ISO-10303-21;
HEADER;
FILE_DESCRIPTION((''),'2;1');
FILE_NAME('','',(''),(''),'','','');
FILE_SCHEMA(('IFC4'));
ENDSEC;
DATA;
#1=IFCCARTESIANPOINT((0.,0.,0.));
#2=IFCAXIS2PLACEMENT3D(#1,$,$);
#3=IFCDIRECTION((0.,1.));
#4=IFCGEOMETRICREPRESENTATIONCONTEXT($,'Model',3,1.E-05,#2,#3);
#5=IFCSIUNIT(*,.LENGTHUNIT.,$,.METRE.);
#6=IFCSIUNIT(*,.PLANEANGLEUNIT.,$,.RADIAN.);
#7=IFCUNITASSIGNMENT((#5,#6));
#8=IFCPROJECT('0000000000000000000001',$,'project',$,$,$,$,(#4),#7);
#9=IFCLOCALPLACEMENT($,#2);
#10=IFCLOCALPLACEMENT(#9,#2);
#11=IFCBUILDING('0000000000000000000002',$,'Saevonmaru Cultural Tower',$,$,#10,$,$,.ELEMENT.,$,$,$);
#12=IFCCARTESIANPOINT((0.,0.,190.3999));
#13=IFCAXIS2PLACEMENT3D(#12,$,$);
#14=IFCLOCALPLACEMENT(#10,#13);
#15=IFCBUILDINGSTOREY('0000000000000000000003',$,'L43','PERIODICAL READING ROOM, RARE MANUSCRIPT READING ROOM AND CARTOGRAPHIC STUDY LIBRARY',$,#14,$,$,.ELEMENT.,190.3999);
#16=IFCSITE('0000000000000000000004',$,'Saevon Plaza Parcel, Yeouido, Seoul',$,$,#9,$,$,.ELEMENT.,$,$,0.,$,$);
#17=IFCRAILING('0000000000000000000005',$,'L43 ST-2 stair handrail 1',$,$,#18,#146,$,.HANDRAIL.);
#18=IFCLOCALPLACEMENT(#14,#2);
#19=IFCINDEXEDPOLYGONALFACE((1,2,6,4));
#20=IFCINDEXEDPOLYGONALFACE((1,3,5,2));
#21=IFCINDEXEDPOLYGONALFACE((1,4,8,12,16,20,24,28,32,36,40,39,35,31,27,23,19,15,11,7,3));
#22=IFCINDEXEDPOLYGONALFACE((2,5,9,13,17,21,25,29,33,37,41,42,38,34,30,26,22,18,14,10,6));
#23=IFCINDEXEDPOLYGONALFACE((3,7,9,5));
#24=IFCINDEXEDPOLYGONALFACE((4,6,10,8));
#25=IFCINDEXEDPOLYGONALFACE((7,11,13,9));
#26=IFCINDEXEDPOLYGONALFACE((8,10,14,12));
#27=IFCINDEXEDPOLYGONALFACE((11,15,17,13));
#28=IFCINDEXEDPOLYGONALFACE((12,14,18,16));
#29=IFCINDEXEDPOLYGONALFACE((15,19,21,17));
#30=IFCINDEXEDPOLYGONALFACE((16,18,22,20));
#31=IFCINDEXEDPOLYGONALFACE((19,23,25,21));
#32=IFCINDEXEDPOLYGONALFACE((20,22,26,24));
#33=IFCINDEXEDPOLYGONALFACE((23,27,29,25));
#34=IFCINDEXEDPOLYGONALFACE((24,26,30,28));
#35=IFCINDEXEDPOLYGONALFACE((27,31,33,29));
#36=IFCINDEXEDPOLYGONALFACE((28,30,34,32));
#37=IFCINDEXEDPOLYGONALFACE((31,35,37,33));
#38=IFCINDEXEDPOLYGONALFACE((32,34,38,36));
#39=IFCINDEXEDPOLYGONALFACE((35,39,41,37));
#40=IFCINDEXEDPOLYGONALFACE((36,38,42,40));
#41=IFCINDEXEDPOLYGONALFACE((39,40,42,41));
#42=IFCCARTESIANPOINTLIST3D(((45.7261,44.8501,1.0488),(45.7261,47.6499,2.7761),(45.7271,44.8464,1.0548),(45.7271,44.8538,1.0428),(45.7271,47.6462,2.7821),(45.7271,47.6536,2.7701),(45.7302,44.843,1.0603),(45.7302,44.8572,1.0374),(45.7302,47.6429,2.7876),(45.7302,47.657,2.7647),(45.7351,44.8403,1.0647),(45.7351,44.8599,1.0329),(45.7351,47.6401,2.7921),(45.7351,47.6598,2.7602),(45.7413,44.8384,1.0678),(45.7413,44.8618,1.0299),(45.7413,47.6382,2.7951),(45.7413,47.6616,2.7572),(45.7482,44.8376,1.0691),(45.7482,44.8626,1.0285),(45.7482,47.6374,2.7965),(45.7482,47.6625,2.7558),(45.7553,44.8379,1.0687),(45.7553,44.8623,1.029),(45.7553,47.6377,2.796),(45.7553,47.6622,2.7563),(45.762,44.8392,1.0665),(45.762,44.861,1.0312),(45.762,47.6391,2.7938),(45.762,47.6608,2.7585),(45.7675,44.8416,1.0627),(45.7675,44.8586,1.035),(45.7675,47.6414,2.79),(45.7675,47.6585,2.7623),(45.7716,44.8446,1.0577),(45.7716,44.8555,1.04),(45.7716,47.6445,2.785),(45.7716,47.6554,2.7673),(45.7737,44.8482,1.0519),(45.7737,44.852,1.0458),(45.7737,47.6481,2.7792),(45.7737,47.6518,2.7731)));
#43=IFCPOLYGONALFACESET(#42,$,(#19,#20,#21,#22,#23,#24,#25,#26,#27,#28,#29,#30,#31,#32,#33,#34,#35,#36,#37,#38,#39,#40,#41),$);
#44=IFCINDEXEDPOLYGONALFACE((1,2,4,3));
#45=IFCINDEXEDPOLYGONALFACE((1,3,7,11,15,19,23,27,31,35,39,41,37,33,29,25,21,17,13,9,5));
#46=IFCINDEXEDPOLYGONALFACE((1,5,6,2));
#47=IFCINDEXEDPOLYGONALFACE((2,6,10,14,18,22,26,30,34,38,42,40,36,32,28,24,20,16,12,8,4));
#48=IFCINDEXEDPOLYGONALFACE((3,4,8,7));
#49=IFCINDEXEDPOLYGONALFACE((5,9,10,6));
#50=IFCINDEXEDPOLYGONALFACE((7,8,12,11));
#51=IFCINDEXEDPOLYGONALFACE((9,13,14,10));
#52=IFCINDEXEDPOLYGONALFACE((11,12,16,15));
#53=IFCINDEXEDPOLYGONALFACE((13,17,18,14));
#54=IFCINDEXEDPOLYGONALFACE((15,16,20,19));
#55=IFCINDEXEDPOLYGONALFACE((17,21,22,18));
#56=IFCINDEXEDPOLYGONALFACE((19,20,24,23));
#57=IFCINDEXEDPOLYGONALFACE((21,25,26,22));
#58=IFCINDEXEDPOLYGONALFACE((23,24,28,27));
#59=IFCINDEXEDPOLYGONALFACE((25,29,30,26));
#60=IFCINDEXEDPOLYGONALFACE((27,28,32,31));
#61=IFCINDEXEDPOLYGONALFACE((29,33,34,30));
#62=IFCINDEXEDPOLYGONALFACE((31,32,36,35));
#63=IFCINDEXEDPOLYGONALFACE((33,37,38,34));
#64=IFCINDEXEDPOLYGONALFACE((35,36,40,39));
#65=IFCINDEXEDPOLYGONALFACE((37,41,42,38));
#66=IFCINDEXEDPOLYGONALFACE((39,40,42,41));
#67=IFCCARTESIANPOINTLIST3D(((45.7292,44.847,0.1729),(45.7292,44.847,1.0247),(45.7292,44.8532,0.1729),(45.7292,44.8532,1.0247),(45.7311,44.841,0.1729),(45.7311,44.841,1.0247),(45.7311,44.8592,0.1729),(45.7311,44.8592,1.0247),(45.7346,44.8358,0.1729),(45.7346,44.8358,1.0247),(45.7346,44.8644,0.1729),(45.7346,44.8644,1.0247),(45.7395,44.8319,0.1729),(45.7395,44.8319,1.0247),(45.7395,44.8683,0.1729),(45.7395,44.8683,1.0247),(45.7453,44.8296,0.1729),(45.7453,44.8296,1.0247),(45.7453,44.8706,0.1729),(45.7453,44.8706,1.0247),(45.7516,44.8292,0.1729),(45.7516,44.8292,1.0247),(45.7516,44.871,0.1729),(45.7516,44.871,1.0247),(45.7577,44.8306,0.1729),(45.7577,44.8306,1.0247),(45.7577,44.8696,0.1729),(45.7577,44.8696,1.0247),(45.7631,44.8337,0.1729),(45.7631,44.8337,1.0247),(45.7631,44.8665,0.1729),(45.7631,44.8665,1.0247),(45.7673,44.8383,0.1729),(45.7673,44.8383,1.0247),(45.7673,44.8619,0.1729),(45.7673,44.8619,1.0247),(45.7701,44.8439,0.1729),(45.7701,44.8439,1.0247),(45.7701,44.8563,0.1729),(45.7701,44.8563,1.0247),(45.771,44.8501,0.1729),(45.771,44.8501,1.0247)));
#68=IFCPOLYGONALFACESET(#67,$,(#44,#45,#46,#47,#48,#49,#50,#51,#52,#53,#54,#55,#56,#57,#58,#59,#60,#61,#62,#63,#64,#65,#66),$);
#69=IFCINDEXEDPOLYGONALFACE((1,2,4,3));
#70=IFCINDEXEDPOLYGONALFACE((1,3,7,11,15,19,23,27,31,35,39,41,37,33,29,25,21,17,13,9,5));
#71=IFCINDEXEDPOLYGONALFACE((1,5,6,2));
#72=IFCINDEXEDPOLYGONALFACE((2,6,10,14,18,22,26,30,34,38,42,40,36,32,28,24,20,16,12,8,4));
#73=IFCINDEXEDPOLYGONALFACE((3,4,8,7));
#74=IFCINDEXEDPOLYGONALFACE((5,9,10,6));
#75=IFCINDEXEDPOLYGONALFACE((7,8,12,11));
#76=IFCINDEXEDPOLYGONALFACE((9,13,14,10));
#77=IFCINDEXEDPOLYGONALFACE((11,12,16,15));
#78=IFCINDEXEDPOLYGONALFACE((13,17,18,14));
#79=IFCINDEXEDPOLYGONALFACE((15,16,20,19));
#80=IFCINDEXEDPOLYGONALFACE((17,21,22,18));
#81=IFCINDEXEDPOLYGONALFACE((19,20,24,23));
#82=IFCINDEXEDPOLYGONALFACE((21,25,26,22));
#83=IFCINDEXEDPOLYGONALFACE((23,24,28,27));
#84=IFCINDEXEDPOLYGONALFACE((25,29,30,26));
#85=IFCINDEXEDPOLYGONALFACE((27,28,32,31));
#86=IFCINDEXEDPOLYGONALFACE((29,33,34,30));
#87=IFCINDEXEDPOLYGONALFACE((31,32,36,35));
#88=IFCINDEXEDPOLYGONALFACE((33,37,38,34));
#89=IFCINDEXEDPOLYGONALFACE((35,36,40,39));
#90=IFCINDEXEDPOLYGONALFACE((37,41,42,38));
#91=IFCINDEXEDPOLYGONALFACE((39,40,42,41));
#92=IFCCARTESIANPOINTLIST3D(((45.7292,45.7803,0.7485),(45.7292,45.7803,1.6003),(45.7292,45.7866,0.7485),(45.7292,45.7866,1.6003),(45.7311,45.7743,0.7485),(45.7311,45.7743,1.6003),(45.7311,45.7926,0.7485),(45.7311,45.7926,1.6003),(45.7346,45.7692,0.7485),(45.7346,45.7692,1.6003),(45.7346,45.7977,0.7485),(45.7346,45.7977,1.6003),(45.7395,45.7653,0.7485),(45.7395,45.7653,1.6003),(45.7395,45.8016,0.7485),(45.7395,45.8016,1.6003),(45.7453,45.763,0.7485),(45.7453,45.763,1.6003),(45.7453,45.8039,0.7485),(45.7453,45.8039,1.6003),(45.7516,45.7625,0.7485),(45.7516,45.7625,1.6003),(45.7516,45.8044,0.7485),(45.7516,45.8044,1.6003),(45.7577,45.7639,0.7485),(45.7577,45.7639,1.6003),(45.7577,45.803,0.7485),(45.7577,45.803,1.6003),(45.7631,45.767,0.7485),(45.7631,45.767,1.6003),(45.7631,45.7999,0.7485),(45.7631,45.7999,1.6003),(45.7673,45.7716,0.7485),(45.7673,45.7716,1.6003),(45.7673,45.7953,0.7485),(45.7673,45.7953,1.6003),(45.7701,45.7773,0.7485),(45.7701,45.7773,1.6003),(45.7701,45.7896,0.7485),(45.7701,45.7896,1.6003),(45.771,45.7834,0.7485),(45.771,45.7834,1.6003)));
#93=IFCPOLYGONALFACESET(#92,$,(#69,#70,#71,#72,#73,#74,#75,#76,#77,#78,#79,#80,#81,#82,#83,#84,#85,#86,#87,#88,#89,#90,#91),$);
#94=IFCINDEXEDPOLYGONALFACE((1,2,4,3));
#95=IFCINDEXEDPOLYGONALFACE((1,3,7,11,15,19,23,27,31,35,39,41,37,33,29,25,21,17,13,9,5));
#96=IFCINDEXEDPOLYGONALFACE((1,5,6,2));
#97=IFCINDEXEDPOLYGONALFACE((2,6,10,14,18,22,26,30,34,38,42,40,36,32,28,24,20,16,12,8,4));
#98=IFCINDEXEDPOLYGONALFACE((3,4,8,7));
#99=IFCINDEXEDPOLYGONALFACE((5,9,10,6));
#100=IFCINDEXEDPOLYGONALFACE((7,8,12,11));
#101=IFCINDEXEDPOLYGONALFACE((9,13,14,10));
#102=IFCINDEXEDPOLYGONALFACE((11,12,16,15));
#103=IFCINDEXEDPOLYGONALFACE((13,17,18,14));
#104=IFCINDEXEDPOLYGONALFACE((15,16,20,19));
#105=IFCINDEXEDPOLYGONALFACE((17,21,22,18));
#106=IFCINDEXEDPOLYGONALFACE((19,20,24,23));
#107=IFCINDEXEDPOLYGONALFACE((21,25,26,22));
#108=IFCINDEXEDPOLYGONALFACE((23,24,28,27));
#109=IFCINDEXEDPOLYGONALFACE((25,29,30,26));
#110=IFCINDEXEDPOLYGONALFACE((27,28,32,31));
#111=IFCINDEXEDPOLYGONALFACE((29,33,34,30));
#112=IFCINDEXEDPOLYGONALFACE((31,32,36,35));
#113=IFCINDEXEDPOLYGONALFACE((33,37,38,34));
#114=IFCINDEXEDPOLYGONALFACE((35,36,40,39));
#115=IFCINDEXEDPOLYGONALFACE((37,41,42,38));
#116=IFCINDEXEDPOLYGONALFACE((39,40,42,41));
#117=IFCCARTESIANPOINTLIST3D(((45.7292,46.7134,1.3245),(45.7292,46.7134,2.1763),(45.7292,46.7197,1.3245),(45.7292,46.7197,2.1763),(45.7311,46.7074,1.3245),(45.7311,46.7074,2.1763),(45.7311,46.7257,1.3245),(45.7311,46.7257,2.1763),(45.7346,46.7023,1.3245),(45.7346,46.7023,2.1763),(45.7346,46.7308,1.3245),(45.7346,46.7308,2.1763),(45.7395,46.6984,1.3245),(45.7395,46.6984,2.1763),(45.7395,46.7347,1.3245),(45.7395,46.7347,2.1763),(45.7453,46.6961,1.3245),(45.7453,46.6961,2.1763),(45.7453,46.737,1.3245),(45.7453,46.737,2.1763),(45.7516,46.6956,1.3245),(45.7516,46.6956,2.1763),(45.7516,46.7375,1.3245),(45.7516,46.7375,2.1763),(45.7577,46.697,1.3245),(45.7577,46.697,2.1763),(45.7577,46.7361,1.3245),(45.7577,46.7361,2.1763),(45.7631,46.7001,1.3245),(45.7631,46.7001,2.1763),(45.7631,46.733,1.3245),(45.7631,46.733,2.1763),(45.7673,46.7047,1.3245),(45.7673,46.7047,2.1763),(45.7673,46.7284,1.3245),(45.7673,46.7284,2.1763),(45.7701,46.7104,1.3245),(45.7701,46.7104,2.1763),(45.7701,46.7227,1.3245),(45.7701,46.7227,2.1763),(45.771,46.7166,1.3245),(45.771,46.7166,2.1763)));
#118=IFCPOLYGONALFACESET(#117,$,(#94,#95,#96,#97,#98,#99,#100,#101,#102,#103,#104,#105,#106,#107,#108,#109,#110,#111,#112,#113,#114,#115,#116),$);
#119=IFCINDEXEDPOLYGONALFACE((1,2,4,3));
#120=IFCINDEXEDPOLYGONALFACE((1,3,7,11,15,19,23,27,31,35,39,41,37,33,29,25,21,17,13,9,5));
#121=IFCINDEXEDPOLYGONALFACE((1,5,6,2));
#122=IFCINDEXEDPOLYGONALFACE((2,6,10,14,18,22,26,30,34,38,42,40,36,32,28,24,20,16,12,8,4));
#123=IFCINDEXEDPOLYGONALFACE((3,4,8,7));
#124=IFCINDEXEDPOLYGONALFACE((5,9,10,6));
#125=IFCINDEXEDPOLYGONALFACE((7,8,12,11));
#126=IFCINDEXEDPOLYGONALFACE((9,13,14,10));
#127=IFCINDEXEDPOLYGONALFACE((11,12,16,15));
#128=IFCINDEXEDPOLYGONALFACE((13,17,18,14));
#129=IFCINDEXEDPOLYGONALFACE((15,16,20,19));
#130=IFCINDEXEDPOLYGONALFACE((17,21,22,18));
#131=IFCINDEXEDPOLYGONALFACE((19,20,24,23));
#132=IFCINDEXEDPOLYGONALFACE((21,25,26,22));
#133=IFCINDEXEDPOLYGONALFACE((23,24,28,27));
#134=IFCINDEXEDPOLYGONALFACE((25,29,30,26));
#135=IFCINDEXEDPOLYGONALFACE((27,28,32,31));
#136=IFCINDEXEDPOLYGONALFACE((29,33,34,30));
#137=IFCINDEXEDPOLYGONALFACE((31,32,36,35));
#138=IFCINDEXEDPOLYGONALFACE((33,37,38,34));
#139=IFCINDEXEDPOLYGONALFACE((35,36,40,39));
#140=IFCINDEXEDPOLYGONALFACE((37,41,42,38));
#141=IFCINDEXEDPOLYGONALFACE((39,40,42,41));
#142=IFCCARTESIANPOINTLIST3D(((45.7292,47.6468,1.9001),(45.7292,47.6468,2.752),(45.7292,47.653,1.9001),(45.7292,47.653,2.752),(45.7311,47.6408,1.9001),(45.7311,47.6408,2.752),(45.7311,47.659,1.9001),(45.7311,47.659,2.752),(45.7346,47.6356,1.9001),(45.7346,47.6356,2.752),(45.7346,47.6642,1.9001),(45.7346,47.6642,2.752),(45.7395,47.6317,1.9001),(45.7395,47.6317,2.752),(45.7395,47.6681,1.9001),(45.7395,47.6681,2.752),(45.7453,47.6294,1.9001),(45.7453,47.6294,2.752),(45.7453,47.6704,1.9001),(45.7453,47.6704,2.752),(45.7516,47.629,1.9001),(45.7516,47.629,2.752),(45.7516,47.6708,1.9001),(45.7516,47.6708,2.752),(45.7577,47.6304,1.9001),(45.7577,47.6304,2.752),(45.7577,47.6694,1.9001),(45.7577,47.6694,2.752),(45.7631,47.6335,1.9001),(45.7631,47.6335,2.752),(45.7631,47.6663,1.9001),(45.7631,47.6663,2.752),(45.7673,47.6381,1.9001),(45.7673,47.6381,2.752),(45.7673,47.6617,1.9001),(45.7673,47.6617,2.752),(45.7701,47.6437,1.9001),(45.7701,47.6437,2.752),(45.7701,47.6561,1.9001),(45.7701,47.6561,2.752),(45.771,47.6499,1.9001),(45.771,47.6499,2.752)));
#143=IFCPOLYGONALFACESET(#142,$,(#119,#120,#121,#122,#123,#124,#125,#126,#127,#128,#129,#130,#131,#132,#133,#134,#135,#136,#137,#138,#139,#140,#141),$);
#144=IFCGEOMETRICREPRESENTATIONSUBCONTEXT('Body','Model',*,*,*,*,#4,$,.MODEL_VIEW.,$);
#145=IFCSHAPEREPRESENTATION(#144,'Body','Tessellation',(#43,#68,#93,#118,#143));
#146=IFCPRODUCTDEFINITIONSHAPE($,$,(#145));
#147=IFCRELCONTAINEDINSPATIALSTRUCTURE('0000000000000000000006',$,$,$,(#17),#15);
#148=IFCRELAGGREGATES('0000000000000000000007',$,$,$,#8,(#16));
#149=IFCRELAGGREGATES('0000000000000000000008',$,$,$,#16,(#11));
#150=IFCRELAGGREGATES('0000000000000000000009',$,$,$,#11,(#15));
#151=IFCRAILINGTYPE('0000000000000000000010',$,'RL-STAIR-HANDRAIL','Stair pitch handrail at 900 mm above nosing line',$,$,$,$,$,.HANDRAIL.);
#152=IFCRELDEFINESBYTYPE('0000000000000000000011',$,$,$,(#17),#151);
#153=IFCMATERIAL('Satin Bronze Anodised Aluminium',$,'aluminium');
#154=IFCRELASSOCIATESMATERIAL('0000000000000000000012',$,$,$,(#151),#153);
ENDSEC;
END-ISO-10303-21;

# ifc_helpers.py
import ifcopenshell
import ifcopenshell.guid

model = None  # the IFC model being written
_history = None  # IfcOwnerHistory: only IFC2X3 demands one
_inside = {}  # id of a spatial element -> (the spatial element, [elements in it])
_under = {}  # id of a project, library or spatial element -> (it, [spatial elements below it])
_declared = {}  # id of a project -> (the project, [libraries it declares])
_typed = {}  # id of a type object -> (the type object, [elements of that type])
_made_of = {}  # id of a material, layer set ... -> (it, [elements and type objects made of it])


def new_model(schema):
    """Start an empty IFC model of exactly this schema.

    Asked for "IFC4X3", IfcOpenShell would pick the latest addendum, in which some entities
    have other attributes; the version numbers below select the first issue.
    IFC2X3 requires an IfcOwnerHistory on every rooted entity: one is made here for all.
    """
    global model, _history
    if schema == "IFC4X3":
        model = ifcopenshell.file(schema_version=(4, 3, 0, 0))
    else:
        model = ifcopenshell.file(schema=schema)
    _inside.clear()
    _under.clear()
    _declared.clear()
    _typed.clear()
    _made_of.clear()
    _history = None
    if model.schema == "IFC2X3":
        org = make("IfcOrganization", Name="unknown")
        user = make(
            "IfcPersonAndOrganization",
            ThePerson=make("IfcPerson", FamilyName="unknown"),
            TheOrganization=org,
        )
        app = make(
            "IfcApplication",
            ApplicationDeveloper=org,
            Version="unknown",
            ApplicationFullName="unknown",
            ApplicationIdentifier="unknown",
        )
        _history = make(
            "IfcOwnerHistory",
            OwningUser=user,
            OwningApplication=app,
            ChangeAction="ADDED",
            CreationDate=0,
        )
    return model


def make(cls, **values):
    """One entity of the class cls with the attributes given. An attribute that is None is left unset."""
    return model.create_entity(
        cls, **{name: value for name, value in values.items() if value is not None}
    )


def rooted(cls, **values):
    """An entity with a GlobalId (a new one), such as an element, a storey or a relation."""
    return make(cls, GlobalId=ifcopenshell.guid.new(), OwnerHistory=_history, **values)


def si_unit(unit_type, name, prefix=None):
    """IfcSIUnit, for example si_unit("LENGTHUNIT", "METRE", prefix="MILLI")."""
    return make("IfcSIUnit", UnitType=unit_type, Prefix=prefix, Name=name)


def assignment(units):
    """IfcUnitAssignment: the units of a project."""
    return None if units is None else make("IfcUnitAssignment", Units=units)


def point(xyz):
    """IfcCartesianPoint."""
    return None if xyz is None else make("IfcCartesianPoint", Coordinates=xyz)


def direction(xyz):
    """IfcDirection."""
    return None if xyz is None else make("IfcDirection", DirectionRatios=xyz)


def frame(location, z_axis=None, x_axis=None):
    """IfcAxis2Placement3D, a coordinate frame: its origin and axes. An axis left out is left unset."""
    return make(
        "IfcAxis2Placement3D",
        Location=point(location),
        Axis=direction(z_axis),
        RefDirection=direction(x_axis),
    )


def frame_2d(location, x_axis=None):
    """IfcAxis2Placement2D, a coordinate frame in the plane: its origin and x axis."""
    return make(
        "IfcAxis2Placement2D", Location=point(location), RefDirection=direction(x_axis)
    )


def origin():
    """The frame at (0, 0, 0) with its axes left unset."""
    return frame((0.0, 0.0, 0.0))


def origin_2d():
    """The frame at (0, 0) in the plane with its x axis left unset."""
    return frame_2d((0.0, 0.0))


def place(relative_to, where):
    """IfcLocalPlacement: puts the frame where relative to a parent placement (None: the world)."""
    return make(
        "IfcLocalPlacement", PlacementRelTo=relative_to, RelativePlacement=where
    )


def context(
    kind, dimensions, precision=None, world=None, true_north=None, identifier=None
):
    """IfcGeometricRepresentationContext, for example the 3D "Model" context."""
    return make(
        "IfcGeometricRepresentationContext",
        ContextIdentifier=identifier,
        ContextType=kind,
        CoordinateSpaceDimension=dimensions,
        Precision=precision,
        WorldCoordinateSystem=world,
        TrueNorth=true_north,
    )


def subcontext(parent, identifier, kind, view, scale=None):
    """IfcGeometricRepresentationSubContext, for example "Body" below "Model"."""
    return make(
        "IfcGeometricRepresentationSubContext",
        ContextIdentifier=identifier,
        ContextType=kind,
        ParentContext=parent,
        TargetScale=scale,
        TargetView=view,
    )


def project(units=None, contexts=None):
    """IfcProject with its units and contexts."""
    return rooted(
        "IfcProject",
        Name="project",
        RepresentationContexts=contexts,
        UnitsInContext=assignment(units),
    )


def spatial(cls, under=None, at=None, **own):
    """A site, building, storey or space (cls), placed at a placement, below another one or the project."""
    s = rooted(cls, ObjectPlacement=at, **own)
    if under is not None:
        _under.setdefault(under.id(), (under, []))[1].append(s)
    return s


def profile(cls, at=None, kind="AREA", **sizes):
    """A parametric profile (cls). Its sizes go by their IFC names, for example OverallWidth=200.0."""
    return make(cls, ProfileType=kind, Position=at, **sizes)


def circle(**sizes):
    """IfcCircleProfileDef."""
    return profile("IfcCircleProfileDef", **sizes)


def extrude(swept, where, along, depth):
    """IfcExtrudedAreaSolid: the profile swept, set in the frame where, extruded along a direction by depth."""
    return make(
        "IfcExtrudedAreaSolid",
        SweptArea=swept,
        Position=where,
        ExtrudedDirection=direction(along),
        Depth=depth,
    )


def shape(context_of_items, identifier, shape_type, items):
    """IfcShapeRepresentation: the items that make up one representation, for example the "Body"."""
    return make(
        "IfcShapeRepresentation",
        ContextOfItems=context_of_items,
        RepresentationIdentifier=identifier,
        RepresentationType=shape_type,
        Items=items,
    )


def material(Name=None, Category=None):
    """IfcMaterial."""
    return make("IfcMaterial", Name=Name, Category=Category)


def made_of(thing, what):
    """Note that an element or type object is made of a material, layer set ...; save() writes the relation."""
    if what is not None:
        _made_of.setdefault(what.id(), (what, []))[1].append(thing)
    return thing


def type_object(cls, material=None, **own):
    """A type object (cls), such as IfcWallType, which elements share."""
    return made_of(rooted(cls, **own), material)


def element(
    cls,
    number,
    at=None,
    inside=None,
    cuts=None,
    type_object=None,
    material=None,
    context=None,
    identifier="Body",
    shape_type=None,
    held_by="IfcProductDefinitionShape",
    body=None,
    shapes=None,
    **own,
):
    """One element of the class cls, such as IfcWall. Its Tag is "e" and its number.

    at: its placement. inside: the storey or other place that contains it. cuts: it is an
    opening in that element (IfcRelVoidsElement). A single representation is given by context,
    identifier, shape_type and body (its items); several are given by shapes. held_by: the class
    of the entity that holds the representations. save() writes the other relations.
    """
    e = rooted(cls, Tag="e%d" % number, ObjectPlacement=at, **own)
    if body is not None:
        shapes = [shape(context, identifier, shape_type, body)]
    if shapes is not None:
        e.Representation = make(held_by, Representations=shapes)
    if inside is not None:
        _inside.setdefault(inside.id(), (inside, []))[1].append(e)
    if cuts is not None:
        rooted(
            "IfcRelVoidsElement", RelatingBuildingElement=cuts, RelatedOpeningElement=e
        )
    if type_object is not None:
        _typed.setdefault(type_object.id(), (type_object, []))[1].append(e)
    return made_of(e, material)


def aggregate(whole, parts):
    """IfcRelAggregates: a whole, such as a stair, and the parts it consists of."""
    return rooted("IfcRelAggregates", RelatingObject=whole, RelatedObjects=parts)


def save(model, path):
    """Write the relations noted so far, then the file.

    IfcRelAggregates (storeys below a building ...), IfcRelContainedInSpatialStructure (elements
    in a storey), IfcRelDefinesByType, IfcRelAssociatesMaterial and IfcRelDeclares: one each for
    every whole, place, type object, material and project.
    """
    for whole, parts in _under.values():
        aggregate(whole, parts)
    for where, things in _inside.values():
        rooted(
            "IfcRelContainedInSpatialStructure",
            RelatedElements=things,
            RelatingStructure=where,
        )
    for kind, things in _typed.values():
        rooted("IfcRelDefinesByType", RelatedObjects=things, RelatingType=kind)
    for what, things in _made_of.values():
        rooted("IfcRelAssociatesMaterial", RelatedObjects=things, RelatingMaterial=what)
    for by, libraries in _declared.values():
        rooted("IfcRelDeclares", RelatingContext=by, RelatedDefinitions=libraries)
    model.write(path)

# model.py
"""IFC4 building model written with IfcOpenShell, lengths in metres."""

from ifc_helpers import new_model, si_unit, direction, frame, origin, origin_2d, place, context, subcontext, project, spatial, circle, extrude, material, type_object, element, save


model = new_model("IFC4")

# Units and contexts
model_context = context("Model", 3, precision=1e-05, world=origin(), true_north=direction((0.0, 1.0)))
body_context = subcontext(model_context, "Body", "Model", "MODEL_VIEW")
ifc_project = project(units=[si_unit("LENGTHUNIT", "METRE"), si_unit("PLANEANGLEUNIT", "RADIAN")], contexts=[model_context])

# Site, building, storey
site_placement = place(None, origin())
site = spatial("IfcSite", under=ifc_project, at=site_placement, Name="Saevon Plaza Parcel, Yeouido, Seoul", CompositionType="ELEMENT", RefElevation=0.0)
building_placement = place(site_placement, origin())
building = spatial("IfcBuilding", under=site, at=building_placement, Name="Saevonmaru Cultural Tower", CompositionType="ELEMENT")
storey_placement = place(building_placement, frame((0.0, 0.0, 190.3999)))
storey = spatial("IfcBuildingStorey", under=building, at=storey_placement, Name="L43", Description="PERIODICAL READING ROOM, RARE MANUSCRIPT READING ROOM AND CARTOGRAPHIC STUDY LIBRARY", CompositionType="ELEMENT", Elevation=190.3999)

# Shared definitions
ifc_material_1 = material(Name="Satin Bronze Anodised Aluminium", Category="aluminium")

# Railing
railing_type_1 = type_object("IfcRailingType", Name="RL-STAIR-HANDRAIL", Description="Stair pitch handrail at 900 mm above nosing line", PredefinedType="HANDRAIL", material=ifc_material_1)
railing_1_placement = place(storey_placement, frame((45.75, 44.8501, 0.1729)))
element("IfcRailing", 1, at=railing_1_placement, inside=storey, type_object=railing_type_1, Name="L43 ST-2 stair handrail 1", PredefinedType="HANDRAIL", context=body_context, shape_type="SweptSolid", body=[
    extrude(circle(Radius=0.0239, at=origin_2d()), frame((0.0, 0.0, 0.876), z_axis=(0.0, 0.851069, 0.525054), x_axis=(-1.0, 0.0, 0.0)), (0.0, 0.0, 1.0), 3.2898),
    extrude(circle(Radius=0.021, at=origin_2d()), origin(), (0.0, 0.0, 1.0), 0.8518),
    extrude(circle(Radius=0.021, at=origin_2d()), frame((0.0, 0.9333, 0.5757)), (0.0, 0.0, 1.0), 0.8518),
    extrude(circle(Radius=0.021, at=origin_2d()), frame((0.0, 1.8665, 1.1516)), (0.0, 0.0, 1.0), 0.8518),
    extrude(circle(Radius=0.021, at=origin_2d()), frame((0.0, 2.7998, 1.7273)), (0.0, 0.0, 1.0), 0.8518),
])

save(model, "model.ifc")
